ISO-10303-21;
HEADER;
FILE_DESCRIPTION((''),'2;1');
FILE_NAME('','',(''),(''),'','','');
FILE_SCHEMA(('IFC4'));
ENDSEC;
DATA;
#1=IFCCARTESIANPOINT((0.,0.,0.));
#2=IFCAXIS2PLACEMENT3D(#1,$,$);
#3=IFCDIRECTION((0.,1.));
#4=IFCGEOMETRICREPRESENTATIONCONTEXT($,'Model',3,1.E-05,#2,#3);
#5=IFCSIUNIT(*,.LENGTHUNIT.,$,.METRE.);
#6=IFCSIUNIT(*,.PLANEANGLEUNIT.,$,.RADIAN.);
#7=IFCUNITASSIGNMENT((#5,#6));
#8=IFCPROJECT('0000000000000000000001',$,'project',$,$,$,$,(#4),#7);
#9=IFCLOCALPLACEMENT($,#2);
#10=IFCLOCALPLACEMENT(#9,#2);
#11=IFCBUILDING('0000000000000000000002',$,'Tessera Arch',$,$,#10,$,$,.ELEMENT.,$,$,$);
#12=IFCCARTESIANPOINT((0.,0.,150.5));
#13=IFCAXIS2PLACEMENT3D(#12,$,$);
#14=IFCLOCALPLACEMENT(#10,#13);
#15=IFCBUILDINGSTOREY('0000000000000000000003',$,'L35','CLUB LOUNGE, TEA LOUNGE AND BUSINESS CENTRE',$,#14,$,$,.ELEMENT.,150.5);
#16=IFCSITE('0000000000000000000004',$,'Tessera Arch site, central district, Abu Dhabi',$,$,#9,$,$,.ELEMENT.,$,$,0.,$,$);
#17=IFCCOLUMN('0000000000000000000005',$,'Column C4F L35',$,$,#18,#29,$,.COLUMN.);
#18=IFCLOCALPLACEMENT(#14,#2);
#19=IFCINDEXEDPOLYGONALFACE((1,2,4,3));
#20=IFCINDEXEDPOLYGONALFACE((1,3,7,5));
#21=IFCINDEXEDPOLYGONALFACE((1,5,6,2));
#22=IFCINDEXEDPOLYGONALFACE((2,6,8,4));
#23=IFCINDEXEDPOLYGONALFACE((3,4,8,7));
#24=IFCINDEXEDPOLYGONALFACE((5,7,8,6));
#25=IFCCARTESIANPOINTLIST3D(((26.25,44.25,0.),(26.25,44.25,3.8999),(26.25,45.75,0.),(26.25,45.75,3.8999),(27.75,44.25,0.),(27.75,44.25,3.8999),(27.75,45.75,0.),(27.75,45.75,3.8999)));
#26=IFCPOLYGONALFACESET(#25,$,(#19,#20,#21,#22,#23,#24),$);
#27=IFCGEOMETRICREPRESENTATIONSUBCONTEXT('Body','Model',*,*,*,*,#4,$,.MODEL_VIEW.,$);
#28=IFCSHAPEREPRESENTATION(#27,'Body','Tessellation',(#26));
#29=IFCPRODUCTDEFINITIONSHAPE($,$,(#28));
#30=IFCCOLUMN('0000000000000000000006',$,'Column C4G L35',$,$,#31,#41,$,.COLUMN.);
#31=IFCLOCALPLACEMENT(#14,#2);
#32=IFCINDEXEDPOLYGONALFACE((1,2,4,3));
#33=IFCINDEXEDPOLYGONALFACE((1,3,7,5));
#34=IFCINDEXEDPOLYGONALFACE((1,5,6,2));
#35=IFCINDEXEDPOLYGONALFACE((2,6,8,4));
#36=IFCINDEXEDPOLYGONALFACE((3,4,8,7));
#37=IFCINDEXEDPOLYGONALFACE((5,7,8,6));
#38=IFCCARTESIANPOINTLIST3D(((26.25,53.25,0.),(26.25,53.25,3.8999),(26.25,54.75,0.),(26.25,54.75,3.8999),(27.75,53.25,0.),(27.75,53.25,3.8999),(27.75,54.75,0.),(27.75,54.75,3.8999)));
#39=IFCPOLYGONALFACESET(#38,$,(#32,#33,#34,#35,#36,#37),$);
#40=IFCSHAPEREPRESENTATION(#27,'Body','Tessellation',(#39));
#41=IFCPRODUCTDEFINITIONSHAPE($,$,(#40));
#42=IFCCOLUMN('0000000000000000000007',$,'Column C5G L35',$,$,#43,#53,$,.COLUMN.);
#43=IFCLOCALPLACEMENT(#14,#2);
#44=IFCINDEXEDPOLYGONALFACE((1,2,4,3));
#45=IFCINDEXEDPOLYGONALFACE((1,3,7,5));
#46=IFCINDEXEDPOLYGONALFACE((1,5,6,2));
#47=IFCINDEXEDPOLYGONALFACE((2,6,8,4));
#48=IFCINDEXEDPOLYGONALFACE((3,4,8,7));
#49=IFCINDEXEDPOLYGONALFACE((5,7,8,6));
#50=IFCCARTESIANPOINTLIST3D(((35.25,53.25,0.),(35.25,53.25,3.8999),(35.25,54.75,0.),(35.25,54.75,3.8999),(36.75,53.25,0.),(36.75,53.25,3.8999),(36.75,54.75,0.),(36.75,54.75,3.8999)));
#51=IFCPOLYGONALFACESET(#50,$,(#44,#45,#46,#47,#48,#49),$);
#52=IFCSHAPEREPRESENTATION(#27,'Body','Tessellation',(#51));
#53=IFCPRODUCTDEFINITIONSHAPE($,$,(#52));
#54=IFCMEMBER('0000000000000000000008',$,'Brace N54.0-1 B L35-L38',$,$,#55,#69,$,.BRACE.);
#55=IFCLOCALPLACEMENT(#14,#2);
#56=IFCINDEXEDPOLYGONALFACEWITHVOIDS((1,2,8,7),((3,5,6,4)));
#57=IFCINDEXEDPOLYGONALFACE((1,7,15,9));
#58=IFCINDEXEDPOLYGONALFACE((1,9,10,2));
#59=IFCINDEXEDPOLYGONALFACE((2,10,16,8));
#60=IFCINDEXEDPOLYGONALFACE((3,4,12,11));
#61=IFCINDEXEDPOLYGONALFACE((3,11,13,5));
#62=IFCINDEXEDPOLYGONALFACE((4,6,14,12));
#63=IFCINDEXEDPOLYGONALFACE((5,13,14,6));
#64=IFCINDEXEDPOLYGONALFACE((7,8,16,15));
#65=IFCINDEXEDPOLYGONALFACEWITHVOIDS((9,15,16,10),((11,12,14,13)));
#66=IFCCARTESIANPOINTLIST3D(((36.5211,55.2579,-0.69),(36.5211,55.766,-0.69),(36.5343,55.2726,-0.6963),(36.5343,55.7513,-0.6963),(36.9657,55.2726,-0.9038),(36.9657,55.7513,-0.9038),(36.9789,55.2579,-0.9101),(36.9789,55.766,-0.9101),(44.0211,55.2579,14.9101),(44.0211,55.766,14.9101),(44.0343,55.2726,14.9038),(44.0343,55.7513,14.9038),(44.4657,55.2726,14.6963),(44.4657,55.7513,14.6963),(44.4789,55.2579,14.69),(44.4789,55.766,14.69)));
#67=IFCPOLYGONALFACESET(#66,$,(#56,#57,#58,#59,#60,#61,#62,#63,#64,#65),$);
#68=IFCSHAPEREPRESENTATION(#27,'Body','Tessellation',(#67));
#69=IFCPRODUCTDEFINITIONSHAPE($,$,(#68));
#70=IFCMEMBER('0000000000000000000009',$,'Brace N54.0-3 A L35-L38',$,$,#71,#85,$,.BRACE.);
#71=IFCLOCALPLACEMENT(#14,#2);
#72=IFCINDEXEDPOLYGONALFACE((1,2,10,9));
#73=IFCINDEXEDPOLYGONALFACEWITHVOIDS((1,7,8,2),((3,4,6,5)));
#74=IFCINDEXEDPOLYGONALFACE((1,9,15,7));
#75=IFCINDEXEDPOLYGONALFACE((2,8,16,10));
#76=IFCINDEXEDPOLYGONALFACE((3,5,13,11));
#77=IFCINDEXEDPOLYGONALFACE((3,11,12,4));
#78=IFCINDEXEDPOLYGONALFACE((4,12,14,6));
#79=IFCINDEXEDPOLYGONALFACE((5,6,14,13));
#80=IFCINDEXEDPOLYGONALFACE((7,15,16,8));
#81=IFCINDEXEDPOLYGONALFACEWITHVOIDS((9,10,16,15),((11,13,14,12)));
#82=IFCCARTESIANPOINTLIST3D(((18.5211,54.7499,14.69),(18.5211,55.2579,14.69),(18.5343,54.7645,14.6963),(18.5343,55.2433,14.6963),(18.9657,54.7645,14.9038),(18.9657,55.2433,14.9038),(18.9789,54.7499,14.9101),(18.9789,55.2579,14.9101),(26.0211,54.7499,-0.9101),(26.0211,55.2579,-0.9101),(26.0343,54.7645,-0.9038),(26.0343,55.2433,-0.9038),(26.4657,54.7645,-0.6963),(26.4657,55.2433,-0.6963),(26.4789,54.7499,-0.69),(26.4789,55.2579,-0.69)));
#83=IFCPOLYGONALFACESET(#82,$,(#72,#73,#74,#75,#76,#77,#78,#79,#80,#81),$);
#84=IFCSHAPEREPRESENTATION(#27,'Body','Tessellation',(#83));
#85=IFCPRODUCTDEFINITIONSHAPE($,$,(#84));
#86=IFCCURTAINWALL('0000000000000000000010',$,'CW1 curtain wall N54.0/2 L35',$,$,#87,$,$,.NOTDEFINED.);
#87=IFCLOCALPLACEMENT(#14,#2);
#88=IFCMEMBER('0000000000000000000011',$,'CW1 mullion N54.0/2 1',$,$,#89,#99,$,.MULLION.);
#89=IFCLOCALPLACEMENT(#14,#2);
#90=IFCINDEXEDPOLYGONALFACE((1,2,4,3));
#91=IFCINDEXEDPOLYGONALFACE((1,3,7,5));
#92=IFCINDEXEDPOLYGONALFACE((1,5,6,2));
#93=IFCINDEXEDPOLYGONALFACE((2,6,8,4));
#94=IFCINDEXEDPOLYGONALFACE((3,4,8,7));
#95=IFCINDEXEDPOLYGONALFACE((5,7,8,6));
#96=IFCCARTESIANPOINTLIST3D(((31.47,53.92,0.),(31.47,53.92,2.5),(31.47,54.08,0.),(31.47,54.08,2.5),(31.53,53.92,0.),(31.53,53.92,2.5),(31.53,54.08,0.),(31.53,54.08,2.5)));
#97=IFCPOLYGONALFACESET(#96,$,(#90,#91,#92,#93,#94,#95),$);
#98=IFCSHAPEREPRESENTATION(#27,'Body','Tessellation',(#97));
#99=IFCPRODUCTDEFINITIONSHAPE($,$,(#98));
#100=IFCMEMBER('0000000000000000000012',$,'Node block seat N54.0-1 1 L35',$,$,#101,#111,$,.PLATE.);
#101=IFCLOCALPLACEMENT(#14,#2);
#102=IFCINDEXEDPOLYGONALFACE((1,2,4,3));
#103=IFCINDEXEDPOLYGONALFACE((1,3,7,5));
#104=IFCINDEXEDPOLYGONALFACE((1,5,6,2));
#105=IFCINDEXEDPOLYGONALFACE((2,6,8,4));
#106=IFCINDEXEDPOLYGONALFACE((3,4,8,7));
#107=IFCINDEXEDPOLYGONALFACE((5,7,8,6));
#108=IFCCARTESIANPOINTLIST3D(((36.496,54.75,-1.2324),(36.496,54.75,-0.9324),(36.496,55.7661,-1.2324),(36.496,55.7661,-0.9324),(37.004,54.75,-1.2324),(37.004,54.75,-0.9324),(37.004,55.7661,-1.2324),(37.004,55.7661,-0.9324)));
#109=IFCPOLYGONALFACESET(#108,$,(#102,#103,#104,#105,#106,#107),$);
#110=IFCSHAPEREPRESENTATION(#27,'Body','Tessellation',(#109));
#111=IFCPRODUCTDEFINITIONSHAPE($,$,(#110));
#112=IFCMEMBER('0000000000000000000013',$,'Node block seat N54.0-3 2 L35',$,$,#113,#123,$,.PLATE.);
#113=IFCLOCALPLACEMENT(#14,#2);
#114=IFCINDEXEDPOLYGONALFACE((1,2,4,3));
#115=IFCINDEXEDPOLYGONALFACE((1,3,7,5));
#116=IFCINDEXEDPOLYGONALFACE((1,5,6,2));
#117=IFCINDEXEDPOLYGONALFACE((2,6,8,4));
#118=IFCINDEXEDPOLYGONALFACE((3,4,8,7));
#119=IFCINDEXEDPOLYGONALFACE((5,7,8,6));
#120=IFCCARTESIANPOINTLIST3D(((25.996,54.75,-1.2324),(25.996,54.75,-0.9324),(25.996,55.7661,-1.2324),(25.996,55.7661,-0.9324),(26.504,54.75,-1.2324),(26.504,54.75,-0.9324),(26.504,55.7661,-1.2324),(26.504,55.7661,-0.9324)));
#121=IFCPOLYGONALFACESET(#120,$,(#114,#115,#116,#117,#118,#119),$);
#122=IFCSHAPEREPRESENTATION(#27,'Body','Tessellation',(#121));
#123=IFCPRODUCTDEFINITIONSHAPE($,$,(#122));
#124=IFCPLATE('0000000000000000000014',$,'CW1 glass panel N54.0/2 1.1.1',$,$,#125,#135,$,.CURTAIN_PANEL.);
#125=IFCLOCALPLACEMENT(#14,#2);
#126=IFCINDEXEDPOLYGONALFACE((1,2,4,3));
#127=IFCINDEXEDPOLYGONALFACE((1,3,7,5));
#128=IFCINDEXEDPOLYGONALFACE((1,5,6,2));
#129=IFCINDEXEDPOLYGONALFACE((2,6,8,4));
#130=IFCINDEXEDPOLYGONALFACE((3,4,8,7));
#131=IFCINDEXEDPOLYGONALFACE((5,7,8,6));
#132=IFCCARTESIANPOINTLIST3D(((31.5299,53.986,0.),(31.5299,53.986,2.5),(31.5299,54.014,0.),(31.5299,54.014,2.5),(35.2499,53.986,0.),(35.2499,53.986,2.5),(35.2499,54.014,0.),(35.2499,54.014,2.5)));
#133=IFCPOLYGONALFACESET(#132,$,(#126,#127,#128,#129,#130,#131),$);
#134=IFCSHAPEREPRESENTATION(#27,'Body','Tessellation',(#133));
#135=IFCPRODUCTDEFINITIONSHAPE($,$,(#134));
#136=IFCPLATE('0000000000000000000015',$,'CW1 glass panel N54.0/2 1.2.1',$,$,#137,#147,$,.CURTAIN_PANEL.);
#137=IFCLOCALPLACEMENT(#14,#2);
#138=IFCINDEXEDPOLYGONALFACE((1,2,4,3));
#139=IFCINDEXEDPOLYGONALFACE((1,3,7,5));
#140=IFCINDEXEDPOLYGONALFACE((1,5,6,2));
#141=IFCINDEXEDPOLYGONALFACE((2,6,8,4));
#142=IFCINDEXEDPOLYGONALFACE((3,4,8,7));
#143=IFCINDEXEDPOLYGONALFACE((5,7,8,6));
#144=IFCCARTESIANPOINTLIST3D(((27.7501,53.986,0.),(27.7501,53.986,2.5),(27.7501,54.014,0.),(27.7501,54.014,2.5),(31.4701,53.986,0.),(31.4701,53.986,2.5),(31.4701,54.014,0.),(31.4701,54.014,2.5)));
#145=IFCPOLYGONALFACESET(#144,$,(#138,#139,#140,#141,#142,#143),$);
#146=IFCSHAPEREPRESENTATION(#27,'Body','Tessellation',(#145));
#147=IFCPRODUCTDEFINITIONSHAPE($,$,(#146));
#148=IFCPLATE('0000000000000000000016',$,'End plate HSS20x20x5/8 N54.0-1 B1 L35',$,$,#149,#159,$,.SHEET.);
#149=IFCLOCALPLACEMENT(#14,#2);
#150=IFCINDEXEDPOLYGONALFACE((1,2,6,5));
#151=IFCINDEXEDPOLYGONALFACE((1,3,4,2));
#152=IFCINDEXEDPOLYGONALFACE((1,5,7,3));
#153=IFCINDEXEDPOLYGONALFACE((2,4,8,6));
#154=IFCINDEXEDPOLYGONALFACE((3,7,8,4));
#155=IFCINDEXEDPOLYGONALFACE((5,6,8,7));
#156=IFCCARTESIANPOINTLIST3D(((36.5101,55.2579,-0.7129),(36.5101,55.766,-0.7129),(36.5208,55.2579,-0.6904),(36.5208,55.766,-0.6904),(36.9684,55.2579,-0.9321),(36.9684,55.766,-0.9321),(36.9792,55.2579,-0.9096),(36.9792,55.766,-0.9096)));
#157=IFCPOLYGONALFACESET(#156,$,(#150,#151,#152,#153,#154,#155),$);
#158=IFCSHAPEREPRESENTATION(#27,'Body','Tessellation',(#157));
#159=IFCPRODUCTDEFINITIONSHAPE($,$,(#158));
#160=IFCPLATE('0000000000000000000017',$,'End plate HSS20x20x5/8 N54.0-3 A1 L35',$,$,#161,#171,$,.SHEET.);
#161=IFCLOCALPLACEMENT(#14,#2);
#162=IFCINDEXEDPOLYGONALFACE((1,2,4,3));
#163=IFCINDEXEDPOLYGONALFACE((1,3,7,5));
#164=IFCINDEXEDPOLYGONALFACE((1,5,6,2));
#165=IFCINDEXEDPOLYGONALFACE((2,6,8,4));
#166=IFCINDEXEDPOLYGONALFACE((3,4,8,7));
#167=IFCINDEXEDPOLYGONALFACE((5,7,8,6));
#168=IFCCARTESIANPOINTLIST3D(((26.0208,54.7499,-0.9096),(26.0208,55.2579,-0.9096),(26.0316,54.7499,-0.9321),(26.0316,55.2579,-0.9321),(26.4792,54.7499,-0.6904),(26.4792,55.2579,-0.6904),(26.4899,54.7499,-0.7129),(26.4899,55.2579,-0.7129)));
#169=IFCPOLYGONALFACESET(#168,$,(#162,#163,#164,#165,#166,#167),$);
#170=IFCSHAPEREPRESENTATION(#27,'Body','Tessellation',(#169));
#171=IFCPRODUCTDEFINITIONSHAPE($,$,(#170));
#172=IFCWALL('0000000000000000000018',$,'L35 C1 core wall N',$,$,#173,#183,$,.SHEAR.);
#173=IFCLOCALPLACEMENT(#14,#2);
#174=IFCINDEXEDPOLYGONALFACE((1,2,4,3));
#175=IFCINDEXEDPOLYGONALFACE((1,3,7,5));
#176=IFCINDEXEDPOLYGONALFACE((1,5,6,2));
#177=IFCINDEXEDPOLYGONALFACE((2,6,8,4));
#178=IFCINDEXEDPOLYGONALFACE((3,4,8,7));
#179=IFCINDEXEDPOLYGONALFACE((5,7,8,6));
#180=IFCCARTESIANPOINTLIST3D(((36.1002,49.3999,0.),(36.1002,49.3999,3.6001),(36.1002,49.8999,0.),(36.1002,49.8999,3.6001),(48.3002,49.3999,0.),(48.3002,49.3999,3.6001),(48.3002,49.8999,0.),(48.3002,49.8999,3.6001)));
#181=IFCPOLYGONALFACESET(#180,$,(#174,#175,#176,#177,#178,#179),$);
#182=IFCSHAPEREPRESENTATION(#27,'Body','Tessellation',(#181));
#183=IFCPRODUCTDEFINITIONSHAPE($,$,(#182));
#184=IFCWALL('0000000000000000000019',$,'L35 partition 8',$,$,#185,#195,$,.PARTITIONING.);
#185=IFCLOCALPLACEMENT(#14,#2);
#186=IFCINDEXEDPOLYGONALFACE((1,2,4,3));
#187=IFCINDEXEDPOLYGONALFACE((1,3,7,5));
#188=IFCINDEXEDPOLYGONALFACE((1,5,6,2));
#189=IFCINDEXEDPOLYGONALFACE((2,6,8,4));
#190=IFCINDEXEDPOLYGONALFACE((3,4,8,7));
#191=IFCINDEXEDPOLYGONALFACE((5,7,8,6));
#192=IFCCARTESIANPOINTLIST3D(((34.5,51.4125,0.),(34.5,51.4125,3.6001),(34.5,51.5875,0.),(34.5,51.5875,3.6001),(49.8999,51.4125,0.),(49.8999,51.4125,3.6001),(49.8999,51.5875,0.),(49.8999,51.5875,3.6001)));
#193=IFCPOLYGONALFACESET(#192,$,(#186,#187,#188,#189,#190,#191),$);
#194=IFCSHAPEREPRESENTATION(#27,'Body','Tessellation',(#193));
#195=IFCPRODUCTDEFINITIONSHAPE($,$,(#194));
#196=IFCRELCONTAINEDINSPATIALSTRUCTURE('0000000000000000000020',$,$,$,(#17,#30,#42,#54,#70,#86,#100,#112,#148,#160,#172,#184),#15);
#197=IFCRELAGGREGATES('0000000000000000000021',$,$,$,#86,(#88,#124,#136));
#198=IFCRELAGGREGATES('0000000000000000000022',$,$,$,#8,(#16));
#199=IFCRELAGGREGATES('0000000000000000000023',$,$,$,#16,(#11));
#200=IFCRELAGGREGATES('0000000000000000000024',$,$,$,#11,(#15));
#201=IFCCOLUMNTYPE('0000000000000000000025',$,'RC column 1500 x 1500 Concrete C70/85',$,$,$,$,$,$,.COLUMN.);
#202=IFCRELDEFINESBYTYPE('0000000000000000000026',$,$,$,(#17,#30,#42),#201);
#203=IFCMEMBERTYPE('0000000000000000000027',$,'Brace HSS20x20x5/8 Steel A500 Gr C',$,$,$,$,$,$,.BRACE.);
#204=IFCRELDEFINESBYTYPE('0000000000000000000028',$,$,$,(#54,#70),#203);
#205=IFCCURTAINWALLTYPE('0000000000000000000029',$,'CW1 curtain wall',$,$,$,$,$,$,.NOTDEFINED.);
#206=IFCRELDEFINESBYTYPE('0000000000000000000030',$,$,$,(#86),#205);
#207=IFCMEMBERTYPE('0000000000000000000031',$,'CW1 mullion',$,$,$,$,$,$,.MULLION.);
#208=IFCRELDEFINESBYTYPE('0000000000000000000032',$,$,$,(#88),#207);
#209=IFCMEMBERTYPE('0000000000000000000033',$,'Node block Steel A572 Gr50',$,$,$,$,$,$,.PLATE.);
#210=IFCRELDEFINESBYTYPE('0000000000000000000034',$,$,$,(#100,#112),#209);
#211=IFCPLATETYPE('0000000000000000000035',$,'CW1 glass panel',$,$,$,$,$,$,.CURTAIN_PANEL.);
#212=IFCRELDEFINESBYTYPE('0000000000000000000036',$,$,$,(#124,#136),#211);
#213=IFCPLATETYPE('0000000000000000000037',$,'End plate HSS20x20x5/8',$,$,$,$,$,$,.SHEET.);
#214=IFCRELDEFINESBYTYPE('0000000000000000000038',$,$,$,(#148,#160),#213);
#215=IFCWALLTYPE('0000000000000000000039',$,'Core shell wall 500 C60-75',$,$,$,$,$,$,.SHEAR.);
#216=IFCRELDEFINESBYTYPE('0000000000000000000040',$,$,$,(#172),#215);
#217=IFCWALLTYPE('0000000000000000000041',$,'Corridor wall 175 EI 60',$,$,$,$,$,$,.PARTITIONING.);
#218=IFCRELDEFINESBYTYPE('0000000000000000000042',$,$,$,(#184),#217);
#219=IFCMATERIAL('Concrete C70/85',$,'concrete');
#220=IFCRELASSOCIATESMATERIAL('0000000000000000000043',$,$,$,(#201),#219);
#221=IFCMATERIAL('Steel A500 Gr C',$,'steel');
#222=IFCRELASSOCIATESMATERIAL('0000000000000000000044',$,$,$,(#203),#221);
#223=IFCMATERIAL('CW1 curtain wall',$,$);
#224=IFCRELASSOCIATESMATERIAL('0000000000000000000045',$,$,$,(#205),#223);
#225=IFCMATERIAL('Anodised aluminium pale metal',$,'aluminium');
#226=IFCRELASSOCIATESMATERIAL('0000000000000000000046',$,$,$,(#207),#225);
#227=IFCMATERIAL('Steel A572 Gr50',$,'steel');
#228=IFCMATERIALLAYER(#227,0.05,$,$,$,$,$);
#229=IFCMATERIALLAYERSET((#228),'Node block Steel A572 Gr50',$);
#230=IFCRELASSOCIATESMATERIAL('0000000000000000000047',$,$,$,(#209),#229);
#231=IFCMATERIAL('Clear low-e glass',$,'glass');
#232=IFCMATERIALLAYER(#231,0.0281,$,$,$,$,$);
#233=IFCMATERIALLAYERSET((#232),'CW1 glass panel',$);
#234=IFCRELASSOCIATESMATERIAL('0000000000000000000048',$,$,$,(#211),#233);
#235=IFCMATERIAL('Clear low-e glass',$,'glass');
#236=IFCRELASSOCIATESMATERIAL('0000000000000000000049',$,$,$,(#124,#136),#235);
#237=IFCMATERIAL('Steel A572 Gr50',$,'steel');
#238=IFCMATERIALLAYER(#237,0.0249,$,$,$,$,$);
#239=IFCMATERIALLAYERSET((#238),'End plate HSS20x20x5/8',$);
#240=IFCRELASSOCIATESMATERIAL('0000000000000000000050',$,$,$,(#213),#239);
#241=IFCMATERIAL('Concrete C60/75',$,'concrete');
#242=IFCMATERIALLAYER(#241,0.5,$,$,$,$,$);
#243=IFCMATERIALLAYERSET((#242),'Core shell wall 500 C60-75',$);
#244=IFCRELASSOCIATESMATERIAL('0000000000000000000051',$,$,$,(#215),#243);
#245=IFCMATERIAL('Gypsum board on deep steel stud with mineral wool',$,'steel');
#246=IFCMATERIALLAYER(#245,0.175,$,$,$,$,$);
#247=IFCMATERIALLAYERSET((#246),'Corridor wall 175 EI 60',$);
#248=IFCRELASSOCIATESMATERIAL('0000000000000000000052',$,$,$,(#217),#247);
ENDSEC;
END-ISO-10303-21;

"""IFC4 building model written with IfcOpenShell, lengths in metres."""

from ifc_helpers import new_model, si_unit, direction, frame, frame_2d, origin, origin_2d, place, context, subcontext, project, spatial, rectangle, hollow_rectangle, extrude, material, layer, layer_set, material_profile, profile_set, type_object, element, aggregate, save


model = new_model("IFC4")

# Units and contexts
model_context = context("Model", 3, precision=1e-05, world=origin(), true_north=direction((0.0, 1.0)))
body_context = subcontext(model_context, "Body", "Model", "MODEL_VIEW")
ifc_project = project(units=[si_unit("LENGTHUNIT", "METRE"), si_unit("PLANEANGLEUNIT", "RADIAN")], contexts=[model_context])

# Site, building, storey
site_placement = place(None, origin())
site = spatial("IfcSite", under=ifc_project, at=site_placement, Name="Tessera Arch site, central district, Abu Dhabi", CompositionType="ELEMENT", RefElevation=0.0)
building_placement = place(site_placement, origin())
building = spatial("IfcBuilding", under=site, at=building_placement, Name="Tessera Arch", CompositionType="ELEMENT")
storey_placement = place(building_placement, frame((0.0, 0.0, 150.5)))
storey = spatial("IfcBuildingStorey", under=building, at=storey_placement, Name="L35", Description="CLUB LOUNGE, TEA LOUNGE AND BUSINESS CENTRE", CompositionType="ELEMENT", Elevation=150.5)

# Columns
ifc_material_1 = material(Name="Concrete C70/85", Category="concrete")
ifc_material_profile_1 = material_profile(ifc_material_1, rectangle(XDim=1.5, YDim=1.5, at=origin_2d()), Name="RC column 1500 x 1500 Concrete C70/85")
ifc_profile_set_1 = profile_set([ifc_material_profile_1], Name="Concrete C70/85")
column_type = type_object("IfcColumnType", Name="RC column 1500 x 1500 Concrete C70/85", PredefinedType="COLUMN", material=ifc_profile_set_1)
for number, where, z_axis, x_axis, name in (
    (1, (27.0, 45.0, 0.0), (0.0, 0.0, 1.0), (1.0, 0.0, 0.0), "Column C4F L35"),
    (2, (27.0, 54.0, 0.0), (0.0, 0.0, 1.0), (1.0, 0.0, 0.0), "Column C4G L35"),
    (3, (36.0, 54.0, 0.0), (0.0, 0.0, 1.0), (1.0, 0.0, 0.0), "Column C5G L35"),
):
    element("IfcColumn", number, at=place(storey_placement, frame(where, z_axis=z_axis, x_axis=x_axis)), inside=storey, type_object=column_type, Name=name, PredefinedType="COLUMN", context=body_context, shape_type="SweptSolid", body=[
        extrude(rectangle(XDim=1.5, YDim=1.5, at=origin_2d()), origin(), (0.0, 0.0, 1.0), 3.8999),
    ])

# Members
ifc_material_2 = material(Name="Steel A500 Gr C", Category="steel")
ifc_material_profile_2 = material_profile(ifc_material_2, hollow_rectangle(XDim=0.5081, YDim=0.5081, WallThickness=0.0146, at=origin_2d()), Name="HSS20x20x5/8")
ifc_profile_set_2 = profile_set([ifc_material_profile_2], Name="Steel A500 Gr C")
member_type_1 = type_object("IfcMemberType", Name="Brace HSS20x20x5/8 Steel A500 Gr C", PredefinedType="BRACE", material=ifc_profile_set_2)
for number, where, z_axis, x_axis, name in (
    (4, (36.75, 55.512, -0.8), (0.433292, 0.0, 0.901253), (0.0, 1.0, 0.0), "Brace N54.0-1 B L35-L38"),
    (5, (26.25, 55.0039, -0.8), (-0.433292, 0.0, 0.901253), (0.0, -1.0, 0.0), "Brace N54.0-3 A L35-L38"),
):
    element("IfcMember", number, at=place(storey_placement, frame(where, z_axis=z_axis, x_axis=x_axis)), inside=storey, type_object=member_type_1, Name=name, PredefinedType="BRACE", context=body_context, shape_type="SweptSolid", body=[
        extrude(hollow_rectangle(XDim=0.5081, YDim=0.5081, WallThickness=0.0146, at=origin_2d()), origin(), (0.0, 0.0, 1.0), 17.3093),
    ])

# Curtain wall, member
ifc_material_3 = material(Name="CW1 curtain wall")
curtain_wall_type = type_object("IfcCurtainWallType", Name="CW1 curtain wall", PredefinedType="NOTDEFINED", material=ifc_material_3)
curtain_wall_placement = place(storey_placement, origin())
curtain_wall = element("IfcCurtainWall", 6, at=curtain_wall_placement, inside=storey, type_object=curtain_wall_type, Name="CW1 curtain wall N54.0/2 L35", PredefinedType="NOTDEFINED")
ifc_material_4 = material(Name="Anodised aluminium pale metal", Category="aluminium")
ifc_material_profile_3 = material_profile(ifc_material_4, rectangle(XDim=0.1599, YDim=0.0601, at=origin_2d()), Name="AL 60x160")
ifc_profile_set_3 = profile_set([ifc_material_profile_3], Name="Anodised aluminium pale metal")
member_type_2 = type_object("IfcMemberType", Name="CW1 mullion", PredefinedType="MULLION", material=ifc_profile_set_3)
member_placement = place(storey_placement, frame((31.5, 54.0, 0.0), z_axis=(0.0, 0.0, 1.0), x_axis=(0.0, -1.0, 0.0)))
member = element("IfcMember", 7, at=member_placement, type_object=member_type_2, Name="CW1 mullion N54.0/2 1", PredefinedType="MULLION", context=body_context, shape_type="SweptSolid", body=[
    extrude(rectangle(XDim=0.1599, YDim=0.0601, at=origin_2d()), origin(), (0.0, 0.0, 1.0), 2.5),
])

# Members
ifc_material_5 = material(Name="Steel A572 Gr50", Category="steel")
ifc_layer_1 = layer(ifc_material_5, 0.05)
ifc_layer_set_1 = layer_set([ifc_layer_1], Name="Node block Steel A572 Gr50")
member_type_3 = type_object("IfcMemberType", Name="Node block Steel A572 Gr50", PredefinedType="PLATE", material=ifc_layer_set_1)
for number, where, z_axis, x_axis, name in (
    (8, (36.75, 55.2581, -1.2324), (0.0, 0.0, 1.0), (-1.0, 0.0, 0.0), "Node block seat N54.0-1 1 L35"),
    (9, (26.25, 55.2581, -1.2324), (0.0, 0.0, 1.0), (-1.0, 0.0, 0.0), "Node block seat N54.0-3 2 L35"),
):
    element("IfcMember", number, at=place(storey_placement, frame(where, z_axis=z_axis, x_axis=x_axis)), inside=storey, type_object=member_type_3, Name=name, PredefinedType="PLATE", context=body_context, shape_type="SweptSolid", body=[
        extrude(rectangle(XDim=0.5081, YDim=1.0161, at=origin_2d()), origin(), (0.0, 0.0, 1.0), 0.3),
    ])

# Plates
ifc_material_6 = material(Name="Clear low-e glass", Category="glass")
ifc_material_7 = material(Name="Clear low-e glass", Category="glass")
ifc_layer_2 = layer(ifc_material_7, 0.0281)
ifc_layer_set_2 = layer_set([ifc_layer_2], Name="CW1 glass panel")
plate_type_1 = type_object("IfcPlateType", Name="CW1 glass panel", PredefinedType="CURTAIN_PANEL", material=ifc_layer_set_2)
plate_1_placement = place(storey_placement, frame((33.3899, 54.0, 0.0), z_axis=(0.0, 0.0, 1.0), x_axis=(-1.0, 0.0, 0.0)))
plate_1 = element("IfcPlate", 10, at=plate_1_placement, type_object=plate_type_1, material=ifc_material_6, Name="CW1 glass panel N54.0/2 1.1.1", PredefinedType="CURTAIN_PANEL", context=body_context, shape_type="SweptSolid", body=[
    extrude(rectangle(XDim=3.72, YDim=0.0281, at=origin_2d()), origin(), (0.0, 0.0, 1.0), 2.5),
])
plate_2_placement = place(storey_placement, frame((29.6101, 54.0, 0.0), z_axis=(0.0, 0.0, 1.0), x_axis=(-1.0, 0.0, 0.0)))
plate_2 = element("IfcPlate", 11, at=plate_2_placement, type_object=plate_type_1, material=ifc_material_6, Name="CW1 glass panel N54.0/2 1.2.1", PredefinedType="CURTAIN_PANEL", context=body_context, shape_type="SweptSolid", body=[
    extrude(rectangle(XDim=3.72, YDim=0.0281, at=origin_2d()), origin(), (0.0, 0.0, 1.0), 2.5),
])
aggregate(curtain_wall, [member, plate_1, plate_2])

# Plates
ifc_material_8 = material(Name="Steel A572 Gr50", Category="steel")
ifc_layer_3 = layer(ifc_material_8, 0.0249)
ifc_layer_set_3 = layer_set([ifc_layer_3], Name="End plate HSS20x20x5/8")
plate_type_2 = type_object("IfcPlateType", Name="End plate HSS20x20x5/8", PredefinedType="SHEET", material=ifc_layer_set_3)
for number, where, z_axis, x_axis, name in (
    (12, (36.7393, 55.512, -0.8225), (0.431455, 0.0, 0.902134), (0.0, 1.0, 0.0), "End plate HSS20x20x5/8 N54.0-1 B1 L35"),
    (13, (26.2607, 55.0039, -0.8225), (-0.431455, 0.0, 0.902134), (0.0, -1.0, 0.0), "End plate HSS20x20x5/8 N54.0-3 A1 L35"),
):
    element("IfcPlate", number, at=place(storey_placement, frame(where, z_axis=z_axis, x_axis=x_axis)), inside=storey, type_object=plate_type_2, Name=name, PredefinedType="SHEET", context=body_context, shape_type="SweptSolid", body=[
        extrude(rectangle(XDim=0.5081, YDim=0.5081, at=origin_2d()), origin(), (0.0, 0.0, 1.0), 0.0249),
    ])

# Walls
ifc_material_9 = material(Name="Concrete C60/75", Category="concrete")
ifc_layer_4 = layer(ifc_material_9, 0.5)
ifc_layer_set_4 = layer_set([ifc_layer_4], Name="Core shell wall 500 C60-75")
wall_type_1 = type_object("IfcWallType", Name="Core shell wall 500 C60-75", PredefinedType="SHEAR", material=ifc_layer_set_4)
wall_1_placement = place(storey_placement, frame((36.1001, 49.6499, 0.0), z_axis=(0.0, 0.0, 1.0), x_axis=(1.0, 0.0, 0.0)))
element("IfcWall", 14, at=wall_1_placement, inside=storey, type_object=wall_type_1, Name="L35 C1 core wall N", PredefinedType="SHEAR", context=body_context, shape_type="SweptSolid", body=[
    extrude(rectangle(XDim=12.2, YDim=0.5, at=frame_2d((6.1001, 0.0))), origin(), (0.0, 0.0, 1.0), 3.6001),
])
ifc_material_10 = material(Name="Gypsum board on deep steel stud with mineral wool", Category="steel")
ifc_layer_5 = layer(ifc_material_10, 0.175)
ifc_layer_set_5 = layer_set([ifc_layer_5], Name="Corridor wall 175 EI 60")
wall_type_2 = type_object("IfcWallType", Name="Corridor wall 175 EI 60", PredefinedType="PARTITIONING", material=ifc_layer_set_5)
wall_2_placement = place(storey_placement, frame((34.5, 51.5, 0.0), z_axis=(0.0, 0.0, 1.0), x_axis=(1.0, 0.0, 0.0)))
element("IfcWall", 15, at=wall_2_placement, inside=storey, type_object=wall_type_2, Name="L35 partition 8", PredefinedType="PARTITIONING", context=body_context, shape_type="SweptSolid", body=[
    extrude(rectangle(XDim=15.3999, YDim=0.175, at=frame_2d((7.7, 0.0))), origin(), (0.0, 0.0, 1.0), 3.6001),
])

save(model, "model.ifc")
